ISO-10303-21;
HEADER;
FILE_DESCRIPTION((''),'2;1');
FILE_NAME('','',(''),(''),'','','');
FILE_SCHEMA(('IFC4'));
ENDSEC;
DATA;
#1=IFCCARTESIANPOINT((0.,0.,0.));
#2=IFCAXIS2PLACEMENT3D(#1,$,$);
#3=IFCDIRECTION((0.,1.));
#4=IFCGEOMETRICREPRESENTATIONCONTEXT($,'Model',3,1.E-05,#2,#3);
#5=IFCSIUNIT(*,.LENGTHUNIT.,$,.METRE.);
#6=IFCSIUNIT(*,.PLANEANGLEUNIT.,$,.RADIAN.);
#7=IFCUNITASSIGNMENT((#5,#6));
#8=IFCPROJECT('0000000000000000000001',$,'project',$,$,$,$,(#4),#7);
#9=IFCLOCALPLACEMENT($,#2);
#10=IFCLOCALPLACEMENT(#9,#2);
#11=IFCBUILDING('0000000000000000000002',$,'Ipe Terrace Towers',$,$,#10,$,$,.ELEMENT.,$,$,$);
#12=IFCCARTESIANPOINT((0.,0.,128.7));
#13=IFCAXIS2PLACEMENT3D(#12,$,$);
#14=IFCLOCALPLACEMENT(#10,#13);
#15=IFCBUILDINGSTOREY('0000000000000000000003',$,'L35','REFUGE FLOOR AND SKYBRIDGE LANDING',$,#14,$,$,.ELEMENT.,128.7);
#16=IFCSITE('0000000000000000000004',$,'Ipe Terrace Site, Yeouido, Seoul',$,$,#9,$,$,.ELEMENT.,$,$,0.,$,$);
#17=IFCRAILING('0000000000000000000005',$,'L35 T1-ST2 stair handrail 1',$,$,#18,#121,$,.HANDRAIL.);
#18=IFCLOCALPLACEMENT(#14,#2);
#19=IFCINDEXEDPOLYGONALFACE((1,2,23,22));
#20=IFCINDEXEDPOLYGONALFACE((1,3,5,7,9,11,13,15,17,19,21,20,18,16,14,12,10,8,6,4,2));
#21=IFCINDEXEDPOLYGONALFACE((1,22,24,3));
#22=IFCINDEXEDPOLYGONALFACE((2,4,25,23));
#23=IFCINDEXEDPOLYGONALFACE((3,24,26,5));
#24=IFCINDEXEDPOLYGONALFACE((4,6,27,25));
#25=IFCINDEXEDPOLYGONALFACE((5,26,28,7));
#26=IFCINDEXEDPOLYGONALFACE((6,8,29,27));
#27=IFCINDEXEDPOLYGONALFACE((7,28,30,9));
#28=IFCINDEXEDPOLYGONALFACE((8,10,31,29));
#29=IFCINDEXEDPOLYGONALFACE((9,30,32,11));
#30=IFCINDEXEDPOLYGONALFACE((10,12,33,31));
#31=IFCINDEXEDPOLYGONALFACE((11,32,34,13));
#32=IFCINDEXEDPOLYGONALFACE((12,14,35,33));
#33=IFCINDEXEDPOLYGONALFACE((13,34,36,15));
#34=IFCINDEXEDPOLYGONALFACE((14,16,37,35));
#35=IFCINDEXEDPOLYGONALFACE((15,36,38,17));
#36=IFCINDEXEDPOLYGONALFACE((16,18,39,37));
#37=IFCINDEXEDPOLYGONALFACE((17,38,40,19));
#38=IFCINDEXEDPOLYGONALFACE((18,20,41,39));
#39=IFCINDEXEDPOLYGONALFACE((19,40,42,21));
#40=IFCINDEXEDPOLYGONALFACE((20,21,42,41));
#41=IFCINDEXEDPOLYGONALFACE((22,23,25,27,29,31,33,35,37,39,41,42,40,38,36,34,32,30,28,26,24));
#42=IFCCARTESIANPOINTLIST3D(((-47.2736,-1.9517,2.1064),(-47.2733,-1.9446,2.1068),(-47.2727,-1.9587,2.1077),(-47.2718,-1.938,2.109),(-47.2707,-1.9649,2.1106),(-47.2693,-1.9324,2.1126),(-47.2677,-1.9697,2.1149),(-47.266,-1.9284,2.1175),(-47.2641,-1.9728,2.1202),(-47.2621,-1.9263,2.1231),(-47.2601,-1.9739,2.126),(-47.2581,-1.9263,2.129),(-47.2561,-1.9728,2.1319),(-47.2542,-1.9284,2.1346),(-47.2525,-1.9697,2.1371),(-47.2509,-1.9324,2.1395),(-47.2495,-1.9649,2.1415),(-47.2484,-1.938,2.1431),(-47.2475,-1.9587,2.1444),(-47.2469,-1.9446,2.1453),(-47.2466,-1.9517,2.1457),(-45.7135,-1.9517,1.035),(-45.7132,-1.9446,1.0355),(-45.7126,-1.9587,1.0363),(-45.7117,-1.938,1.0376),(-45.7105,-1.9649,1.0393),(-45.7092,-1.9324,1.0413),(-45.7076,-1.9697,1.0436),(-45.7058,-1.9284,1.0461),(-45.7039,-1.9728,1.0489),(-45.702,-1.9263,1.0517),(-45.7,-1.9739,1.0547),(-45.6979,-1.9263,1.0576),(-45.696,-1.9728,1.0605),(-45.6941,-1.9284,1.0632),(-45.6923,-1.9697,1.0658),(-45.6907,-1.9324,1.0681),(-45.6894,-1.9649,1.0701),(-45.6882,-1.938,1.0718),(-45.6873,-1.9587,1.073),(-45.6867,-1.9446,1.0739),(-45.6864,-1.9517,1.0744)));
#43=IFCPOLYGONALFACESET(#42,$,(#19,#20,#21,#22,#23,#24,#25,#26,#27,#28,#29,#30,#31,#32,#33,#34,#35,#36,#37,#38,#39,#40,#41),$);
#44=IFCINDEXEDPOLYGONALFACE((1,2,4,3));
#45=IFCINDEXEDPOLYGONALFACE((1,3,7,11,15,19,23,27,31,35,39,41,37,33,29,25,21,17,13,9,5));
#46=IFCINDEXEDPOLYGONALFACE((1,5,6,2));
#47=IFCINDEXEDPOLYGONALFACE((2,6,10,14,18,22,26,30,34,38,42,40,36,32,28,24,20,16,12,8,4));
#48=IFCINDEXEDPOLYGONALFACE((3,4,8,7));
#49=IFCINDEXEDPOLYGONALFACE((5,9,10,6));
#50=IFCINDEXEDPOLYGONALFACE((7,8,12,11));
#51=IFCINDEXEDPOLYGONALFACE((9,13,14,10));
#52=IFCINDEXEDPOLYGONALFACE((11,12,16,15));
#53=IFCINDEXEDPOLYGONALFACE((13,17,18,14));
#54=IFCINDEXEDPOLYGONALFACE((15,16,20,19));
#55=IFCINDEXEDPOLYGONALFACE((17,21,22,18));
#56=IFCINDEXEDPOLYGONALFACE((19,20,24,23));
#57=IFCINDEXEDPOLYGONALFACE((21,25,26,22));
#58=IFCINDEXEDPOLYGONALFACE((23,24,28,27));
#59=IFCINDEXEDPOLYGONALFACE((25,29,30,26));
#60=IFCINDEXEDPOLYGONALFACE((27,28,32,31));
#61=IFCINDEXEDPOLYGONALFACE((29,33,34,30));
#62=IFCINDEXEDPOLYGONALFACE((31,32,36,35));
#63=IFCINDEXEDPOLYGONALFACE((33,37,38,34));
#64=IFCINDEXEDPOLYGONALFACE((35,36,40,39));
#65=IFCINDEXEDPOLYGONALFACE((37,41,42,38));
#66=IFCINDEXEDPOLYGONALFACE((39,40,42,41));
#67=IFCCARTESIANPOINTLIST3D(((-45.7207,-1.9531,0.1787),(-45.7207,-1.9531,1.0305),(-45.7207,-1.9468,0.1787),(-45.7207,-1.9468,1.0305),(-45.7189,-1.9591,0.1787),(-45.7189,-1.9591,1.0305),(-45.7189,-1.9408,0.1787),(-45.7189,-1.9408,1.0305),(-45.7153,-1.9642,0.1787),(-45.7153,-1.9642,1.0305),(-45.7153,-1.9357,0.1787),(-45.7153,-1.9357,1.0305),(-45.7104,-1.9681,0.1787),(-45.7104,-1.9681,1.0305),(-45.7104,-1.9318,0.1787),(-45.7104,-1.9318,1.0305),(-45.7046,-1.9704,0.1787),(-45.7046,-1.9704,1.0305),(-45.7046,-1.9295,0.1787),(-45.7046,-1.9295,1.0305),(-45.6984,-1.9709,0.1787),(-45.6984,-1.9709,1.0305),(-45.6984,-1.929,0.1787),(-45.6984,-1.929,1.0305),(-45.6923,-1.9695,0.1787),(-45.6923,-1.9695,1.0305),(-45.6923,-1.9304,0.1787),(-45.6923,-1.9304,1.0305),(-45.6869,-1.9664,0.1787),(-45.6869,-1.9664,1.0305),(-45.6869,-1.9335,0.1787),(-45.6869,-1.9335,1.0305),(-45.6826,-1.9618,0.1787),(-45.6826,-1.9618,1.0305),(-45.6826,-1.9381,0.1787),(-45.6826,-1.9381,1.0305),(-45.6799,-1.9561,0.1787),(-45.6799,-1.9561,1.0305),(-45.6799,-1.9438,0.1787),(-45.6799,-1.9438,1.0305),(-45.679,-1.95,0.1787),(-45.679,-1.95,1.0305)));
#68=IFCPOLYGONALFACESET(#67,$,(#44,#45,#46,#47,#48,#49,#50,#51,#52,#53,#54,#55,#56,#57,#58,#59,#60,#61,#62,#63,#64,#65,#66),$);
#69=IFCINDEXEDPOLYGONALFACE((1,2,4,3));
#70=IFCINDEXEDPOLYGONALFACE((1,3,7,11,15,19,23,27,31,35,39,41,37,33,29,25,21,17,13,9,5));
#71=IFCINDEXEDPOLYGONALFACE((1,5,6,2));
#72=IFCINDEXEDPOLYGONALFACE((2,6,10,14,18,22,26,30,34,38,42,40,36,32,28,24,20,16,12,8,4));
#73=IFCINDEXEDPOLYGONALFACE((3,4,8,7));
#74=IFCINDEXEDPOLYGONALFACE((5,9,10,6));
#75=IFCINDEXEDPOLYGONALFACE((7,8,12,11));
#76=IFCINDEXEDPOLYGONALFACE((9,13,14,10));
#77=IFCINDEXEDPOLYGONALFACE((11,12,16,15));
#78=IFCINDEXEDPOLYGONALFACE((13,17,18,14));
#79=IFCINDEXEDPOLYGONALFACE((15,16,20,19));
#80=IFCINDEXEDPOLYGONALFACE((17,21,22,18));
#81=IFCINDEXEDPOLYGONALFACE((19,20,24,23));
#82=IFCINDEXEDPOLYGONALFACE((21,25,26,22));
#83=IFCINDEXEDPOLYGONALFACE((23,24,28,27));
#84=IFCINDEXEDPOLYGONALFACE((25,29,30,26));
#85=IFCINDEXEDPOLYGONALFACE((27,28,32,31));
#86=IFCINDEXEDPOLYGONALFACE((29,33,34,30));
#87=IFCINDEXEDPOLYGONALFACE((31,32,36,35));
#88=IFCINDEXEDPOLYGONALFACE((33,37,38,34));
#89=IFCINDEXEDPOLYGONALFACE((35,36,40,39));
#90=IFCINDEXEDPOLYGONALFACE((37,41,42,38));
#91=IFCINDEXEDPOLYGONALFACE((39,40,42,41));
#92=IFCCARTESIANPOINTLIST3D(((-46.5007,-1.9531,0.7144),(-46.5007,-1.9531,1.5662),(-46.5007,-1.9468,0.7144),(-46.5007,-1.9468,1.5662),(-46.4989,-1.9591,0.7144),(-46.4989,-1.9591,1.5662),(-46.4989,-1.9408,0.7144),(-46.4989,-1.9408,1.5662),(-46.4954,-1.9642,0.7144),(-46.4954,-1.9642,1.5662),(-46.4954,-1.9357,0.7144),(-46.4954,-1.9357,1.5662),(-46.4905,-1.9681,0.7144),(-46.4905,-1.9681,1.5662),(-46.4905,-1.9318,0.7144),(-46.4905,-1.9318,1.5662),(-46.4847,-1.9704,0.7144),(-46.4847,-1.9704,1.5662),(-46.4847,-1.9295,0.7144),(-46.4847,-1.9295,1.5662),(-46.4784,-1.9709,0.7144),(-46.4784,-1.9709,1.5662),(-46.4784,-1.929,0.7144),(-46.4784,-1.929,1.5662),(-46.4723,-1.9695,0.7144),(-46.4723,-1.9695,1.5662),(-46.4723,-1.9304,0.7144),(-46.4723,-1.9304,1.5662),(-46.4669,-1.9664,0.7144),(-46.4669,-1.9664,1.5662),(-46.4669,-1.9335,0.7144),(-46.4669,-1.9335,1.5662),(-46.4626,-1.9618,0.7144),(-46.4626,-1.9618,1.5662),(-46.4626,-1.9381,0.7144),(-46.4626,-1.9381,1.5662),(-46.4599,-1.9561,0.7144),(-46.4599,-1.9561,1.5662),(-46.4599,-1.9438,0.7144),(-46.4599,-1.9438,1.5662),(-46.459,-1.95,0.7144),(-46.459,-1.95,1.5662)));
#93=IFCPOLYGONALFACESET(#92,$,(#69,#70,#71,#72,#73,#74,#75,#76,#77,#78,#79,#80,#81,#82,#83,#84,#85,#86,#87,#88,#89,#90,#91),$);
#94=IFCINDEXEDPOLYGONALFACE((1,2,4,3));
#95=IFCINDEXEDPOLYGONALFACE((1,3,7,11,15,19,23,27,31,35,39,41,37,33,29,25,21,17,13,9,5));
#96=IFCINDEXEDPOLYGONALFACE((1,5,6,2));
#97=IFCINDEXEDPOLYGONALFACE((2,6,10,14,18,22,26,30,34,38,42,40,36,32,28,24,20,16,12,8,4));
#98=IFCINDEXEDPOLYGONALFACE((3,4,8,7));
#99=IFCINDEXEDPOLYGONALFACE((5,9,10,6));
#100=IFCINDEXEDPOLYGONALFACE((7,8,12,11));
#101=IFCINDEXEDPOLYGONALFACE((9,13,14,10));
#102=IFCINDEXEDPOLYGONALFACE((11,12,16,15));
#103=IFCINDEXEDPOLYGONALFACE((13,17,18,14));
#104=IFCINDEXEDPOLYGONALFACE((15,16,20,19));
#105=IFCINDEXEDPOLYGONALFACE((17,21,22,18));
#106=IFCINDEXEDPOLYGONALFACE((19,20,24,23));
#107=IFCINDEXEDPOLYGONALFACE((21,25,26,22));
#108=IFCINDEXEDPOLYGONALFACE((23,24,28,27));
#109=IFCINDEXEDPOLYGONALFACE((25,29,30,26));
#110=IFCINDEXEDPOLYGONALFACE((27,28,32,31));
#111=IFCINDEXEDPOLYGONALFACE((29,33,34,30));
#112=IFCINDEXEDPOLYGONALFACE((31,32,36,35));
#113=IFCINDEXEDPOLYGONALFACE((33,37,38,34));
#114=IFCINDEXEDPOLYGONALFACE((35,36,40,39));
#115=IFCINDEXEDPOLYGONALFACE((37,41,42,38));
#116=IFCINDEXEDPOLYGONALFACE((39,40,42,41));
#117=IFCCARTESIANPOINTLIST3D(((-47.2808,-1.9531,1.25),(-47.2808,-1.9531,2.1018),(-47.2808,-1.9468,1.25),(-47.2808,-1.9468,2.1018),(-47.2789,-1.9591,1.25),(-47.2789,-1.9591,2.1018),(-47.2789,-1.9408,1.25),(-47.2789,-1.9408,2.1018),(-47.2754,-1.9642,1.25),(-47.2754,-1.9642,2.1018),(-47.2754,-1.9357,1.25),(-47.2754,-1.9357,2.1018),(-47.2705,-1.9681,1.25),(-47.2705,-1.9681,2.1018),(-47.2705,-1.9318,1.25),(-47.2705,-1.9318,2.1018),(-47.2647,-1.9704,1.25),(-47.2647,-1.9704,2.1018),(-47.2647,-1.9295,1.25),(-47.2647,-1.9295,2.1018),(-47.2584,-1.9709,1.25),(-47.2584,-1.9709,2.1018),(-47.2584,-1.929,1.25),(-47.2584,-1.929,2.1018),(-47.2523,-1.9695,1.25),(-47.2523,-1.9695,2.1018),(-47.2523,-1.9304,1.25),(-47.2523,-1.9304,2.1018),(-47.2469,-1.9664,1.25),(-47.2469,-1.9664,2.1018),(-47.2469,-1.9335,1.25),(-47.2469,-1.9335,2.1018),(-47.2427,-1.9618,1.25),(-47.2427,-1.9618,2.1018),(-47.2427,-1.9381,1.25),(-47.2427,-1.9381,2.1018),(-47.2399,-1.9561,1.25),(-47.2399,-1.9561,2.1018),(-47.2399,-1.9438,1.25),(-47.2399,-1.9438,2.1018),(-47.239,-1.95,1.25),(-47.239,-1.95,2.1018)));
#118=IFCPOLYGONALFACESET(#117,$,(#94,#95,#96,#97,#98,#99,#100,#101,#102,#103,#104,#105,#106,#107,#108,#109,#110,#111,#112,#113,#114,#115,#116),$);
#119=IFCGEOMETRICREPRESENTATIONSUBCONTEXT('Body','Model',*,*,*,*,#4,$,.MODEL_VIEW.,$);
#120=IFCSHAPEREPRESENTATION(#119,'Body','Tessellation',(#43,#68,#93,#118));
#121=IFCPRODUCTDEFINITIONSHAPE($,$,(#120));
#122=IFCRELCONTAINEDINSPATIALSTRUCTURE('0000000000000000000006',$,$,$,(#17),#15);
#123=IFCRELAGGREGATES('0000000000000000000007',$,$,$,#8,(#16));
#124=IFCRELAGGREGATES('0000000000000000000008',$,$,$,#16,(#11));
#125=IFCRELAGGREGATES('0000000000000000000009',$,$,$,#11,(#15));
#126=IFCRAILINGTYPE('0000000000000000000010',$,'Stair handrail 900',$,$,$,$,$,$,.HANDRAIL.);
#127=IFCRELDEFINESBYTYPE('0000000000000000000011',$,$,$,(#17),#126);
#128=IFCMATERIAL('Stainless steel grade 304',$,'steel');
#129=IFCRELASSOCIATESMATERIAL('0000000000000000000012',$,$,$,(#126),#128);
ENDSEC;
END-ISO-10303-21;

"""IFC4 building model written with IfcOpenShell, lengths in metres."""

from ifc_helpers import new_model, si_unit, direction, frame, origin, origin_2d, place, context, subcontext, project, spatial, circle, extrude, material, type_object, element, save


model = new_model("IFC4")

# Units and contexts
model_context = context("Model", 3, precision=1e-05, world=origin(), true_north=direction((0.0, 1.0)))
body_context = subcontext(model_context, "Body", "Model", "MODEL_VIEW")
ifc_project = project(units=[si_unit("LENGTHUNIT", "METRE"), si_unit("PLANEANGLEUNIT", "RADIAN")], contexts=[model_context])

# Site, building, storey
site_placement = place(None, origin())
site = spatial("IfcSite", under=ifc_project, at=site_placement, Name="Ipe Terrace Site, Yeouido, Seoul", CompositionType="ELEMENT", RefElevation=0.0)
building_placement = place(site_placement, origin())
building = spatial("IfcBuilding", under=site, at=building_placement, Name="Ipe Terrace Towers", CompositionType="ELEMENT")
storey_placement = place(building_placement, frame((0.0, 0.0, 128.7)))
storey = spatial("IfcBuildingStorey", under=building, at=storey_placement, Name="L35", Description="REFUGE FLOOR AND SKYBRIDGE LANDING", CompositionType="ELEMENT", Elevation=128.7)

# Railing
ifc_material_1 = material(Name="Stainless steel grade 304", Category="steel")
railing_type_1 = type_object("IfcRailingType", Name="Stair handrail 900", PredefinedType="HANDRAIL", material=ifc_material_1)
railing_1_placement = place(storey_placement, frame((-45.7, -1.95, 0.1787)))
element("IfcRailing", 1, at=railing_1_placement, inside=storey, type_object=railing_type_1, Name="L35 T1-ST2 stair handrail 1", PredefinedType="HANDRAIL", context=body_context, shape_type="SweptSolid", body=[
    extrude(circle(Radius=0.0239, at=origin_2d()), frame((0.0, 0.0, 0.876), z_axis=(-0.82435, 0.0, 0.56608), x_axis=(0.0, -1.0, 0.0)), (0.0, 0.0, 1.0), 1.8926),
    extrude(circle(Radius=0.021, at=origin_2d()), origin(), (0.0, 0.0, 1.0), 0.8518),
    extrude(circle(Radius=0.021, at=origin_2d()), frame((-0.78, 0.0, 0.5356)), (0.0, 0.0, 1.0), 0.8518),
    extrude(circle(Radius=0.021, at=origin_2d()), frame((-1.5601, 0.0, 1.0713)), (0.0, 0.0, 1.0), 0.8518),
])

save(model, "model.ifc")
